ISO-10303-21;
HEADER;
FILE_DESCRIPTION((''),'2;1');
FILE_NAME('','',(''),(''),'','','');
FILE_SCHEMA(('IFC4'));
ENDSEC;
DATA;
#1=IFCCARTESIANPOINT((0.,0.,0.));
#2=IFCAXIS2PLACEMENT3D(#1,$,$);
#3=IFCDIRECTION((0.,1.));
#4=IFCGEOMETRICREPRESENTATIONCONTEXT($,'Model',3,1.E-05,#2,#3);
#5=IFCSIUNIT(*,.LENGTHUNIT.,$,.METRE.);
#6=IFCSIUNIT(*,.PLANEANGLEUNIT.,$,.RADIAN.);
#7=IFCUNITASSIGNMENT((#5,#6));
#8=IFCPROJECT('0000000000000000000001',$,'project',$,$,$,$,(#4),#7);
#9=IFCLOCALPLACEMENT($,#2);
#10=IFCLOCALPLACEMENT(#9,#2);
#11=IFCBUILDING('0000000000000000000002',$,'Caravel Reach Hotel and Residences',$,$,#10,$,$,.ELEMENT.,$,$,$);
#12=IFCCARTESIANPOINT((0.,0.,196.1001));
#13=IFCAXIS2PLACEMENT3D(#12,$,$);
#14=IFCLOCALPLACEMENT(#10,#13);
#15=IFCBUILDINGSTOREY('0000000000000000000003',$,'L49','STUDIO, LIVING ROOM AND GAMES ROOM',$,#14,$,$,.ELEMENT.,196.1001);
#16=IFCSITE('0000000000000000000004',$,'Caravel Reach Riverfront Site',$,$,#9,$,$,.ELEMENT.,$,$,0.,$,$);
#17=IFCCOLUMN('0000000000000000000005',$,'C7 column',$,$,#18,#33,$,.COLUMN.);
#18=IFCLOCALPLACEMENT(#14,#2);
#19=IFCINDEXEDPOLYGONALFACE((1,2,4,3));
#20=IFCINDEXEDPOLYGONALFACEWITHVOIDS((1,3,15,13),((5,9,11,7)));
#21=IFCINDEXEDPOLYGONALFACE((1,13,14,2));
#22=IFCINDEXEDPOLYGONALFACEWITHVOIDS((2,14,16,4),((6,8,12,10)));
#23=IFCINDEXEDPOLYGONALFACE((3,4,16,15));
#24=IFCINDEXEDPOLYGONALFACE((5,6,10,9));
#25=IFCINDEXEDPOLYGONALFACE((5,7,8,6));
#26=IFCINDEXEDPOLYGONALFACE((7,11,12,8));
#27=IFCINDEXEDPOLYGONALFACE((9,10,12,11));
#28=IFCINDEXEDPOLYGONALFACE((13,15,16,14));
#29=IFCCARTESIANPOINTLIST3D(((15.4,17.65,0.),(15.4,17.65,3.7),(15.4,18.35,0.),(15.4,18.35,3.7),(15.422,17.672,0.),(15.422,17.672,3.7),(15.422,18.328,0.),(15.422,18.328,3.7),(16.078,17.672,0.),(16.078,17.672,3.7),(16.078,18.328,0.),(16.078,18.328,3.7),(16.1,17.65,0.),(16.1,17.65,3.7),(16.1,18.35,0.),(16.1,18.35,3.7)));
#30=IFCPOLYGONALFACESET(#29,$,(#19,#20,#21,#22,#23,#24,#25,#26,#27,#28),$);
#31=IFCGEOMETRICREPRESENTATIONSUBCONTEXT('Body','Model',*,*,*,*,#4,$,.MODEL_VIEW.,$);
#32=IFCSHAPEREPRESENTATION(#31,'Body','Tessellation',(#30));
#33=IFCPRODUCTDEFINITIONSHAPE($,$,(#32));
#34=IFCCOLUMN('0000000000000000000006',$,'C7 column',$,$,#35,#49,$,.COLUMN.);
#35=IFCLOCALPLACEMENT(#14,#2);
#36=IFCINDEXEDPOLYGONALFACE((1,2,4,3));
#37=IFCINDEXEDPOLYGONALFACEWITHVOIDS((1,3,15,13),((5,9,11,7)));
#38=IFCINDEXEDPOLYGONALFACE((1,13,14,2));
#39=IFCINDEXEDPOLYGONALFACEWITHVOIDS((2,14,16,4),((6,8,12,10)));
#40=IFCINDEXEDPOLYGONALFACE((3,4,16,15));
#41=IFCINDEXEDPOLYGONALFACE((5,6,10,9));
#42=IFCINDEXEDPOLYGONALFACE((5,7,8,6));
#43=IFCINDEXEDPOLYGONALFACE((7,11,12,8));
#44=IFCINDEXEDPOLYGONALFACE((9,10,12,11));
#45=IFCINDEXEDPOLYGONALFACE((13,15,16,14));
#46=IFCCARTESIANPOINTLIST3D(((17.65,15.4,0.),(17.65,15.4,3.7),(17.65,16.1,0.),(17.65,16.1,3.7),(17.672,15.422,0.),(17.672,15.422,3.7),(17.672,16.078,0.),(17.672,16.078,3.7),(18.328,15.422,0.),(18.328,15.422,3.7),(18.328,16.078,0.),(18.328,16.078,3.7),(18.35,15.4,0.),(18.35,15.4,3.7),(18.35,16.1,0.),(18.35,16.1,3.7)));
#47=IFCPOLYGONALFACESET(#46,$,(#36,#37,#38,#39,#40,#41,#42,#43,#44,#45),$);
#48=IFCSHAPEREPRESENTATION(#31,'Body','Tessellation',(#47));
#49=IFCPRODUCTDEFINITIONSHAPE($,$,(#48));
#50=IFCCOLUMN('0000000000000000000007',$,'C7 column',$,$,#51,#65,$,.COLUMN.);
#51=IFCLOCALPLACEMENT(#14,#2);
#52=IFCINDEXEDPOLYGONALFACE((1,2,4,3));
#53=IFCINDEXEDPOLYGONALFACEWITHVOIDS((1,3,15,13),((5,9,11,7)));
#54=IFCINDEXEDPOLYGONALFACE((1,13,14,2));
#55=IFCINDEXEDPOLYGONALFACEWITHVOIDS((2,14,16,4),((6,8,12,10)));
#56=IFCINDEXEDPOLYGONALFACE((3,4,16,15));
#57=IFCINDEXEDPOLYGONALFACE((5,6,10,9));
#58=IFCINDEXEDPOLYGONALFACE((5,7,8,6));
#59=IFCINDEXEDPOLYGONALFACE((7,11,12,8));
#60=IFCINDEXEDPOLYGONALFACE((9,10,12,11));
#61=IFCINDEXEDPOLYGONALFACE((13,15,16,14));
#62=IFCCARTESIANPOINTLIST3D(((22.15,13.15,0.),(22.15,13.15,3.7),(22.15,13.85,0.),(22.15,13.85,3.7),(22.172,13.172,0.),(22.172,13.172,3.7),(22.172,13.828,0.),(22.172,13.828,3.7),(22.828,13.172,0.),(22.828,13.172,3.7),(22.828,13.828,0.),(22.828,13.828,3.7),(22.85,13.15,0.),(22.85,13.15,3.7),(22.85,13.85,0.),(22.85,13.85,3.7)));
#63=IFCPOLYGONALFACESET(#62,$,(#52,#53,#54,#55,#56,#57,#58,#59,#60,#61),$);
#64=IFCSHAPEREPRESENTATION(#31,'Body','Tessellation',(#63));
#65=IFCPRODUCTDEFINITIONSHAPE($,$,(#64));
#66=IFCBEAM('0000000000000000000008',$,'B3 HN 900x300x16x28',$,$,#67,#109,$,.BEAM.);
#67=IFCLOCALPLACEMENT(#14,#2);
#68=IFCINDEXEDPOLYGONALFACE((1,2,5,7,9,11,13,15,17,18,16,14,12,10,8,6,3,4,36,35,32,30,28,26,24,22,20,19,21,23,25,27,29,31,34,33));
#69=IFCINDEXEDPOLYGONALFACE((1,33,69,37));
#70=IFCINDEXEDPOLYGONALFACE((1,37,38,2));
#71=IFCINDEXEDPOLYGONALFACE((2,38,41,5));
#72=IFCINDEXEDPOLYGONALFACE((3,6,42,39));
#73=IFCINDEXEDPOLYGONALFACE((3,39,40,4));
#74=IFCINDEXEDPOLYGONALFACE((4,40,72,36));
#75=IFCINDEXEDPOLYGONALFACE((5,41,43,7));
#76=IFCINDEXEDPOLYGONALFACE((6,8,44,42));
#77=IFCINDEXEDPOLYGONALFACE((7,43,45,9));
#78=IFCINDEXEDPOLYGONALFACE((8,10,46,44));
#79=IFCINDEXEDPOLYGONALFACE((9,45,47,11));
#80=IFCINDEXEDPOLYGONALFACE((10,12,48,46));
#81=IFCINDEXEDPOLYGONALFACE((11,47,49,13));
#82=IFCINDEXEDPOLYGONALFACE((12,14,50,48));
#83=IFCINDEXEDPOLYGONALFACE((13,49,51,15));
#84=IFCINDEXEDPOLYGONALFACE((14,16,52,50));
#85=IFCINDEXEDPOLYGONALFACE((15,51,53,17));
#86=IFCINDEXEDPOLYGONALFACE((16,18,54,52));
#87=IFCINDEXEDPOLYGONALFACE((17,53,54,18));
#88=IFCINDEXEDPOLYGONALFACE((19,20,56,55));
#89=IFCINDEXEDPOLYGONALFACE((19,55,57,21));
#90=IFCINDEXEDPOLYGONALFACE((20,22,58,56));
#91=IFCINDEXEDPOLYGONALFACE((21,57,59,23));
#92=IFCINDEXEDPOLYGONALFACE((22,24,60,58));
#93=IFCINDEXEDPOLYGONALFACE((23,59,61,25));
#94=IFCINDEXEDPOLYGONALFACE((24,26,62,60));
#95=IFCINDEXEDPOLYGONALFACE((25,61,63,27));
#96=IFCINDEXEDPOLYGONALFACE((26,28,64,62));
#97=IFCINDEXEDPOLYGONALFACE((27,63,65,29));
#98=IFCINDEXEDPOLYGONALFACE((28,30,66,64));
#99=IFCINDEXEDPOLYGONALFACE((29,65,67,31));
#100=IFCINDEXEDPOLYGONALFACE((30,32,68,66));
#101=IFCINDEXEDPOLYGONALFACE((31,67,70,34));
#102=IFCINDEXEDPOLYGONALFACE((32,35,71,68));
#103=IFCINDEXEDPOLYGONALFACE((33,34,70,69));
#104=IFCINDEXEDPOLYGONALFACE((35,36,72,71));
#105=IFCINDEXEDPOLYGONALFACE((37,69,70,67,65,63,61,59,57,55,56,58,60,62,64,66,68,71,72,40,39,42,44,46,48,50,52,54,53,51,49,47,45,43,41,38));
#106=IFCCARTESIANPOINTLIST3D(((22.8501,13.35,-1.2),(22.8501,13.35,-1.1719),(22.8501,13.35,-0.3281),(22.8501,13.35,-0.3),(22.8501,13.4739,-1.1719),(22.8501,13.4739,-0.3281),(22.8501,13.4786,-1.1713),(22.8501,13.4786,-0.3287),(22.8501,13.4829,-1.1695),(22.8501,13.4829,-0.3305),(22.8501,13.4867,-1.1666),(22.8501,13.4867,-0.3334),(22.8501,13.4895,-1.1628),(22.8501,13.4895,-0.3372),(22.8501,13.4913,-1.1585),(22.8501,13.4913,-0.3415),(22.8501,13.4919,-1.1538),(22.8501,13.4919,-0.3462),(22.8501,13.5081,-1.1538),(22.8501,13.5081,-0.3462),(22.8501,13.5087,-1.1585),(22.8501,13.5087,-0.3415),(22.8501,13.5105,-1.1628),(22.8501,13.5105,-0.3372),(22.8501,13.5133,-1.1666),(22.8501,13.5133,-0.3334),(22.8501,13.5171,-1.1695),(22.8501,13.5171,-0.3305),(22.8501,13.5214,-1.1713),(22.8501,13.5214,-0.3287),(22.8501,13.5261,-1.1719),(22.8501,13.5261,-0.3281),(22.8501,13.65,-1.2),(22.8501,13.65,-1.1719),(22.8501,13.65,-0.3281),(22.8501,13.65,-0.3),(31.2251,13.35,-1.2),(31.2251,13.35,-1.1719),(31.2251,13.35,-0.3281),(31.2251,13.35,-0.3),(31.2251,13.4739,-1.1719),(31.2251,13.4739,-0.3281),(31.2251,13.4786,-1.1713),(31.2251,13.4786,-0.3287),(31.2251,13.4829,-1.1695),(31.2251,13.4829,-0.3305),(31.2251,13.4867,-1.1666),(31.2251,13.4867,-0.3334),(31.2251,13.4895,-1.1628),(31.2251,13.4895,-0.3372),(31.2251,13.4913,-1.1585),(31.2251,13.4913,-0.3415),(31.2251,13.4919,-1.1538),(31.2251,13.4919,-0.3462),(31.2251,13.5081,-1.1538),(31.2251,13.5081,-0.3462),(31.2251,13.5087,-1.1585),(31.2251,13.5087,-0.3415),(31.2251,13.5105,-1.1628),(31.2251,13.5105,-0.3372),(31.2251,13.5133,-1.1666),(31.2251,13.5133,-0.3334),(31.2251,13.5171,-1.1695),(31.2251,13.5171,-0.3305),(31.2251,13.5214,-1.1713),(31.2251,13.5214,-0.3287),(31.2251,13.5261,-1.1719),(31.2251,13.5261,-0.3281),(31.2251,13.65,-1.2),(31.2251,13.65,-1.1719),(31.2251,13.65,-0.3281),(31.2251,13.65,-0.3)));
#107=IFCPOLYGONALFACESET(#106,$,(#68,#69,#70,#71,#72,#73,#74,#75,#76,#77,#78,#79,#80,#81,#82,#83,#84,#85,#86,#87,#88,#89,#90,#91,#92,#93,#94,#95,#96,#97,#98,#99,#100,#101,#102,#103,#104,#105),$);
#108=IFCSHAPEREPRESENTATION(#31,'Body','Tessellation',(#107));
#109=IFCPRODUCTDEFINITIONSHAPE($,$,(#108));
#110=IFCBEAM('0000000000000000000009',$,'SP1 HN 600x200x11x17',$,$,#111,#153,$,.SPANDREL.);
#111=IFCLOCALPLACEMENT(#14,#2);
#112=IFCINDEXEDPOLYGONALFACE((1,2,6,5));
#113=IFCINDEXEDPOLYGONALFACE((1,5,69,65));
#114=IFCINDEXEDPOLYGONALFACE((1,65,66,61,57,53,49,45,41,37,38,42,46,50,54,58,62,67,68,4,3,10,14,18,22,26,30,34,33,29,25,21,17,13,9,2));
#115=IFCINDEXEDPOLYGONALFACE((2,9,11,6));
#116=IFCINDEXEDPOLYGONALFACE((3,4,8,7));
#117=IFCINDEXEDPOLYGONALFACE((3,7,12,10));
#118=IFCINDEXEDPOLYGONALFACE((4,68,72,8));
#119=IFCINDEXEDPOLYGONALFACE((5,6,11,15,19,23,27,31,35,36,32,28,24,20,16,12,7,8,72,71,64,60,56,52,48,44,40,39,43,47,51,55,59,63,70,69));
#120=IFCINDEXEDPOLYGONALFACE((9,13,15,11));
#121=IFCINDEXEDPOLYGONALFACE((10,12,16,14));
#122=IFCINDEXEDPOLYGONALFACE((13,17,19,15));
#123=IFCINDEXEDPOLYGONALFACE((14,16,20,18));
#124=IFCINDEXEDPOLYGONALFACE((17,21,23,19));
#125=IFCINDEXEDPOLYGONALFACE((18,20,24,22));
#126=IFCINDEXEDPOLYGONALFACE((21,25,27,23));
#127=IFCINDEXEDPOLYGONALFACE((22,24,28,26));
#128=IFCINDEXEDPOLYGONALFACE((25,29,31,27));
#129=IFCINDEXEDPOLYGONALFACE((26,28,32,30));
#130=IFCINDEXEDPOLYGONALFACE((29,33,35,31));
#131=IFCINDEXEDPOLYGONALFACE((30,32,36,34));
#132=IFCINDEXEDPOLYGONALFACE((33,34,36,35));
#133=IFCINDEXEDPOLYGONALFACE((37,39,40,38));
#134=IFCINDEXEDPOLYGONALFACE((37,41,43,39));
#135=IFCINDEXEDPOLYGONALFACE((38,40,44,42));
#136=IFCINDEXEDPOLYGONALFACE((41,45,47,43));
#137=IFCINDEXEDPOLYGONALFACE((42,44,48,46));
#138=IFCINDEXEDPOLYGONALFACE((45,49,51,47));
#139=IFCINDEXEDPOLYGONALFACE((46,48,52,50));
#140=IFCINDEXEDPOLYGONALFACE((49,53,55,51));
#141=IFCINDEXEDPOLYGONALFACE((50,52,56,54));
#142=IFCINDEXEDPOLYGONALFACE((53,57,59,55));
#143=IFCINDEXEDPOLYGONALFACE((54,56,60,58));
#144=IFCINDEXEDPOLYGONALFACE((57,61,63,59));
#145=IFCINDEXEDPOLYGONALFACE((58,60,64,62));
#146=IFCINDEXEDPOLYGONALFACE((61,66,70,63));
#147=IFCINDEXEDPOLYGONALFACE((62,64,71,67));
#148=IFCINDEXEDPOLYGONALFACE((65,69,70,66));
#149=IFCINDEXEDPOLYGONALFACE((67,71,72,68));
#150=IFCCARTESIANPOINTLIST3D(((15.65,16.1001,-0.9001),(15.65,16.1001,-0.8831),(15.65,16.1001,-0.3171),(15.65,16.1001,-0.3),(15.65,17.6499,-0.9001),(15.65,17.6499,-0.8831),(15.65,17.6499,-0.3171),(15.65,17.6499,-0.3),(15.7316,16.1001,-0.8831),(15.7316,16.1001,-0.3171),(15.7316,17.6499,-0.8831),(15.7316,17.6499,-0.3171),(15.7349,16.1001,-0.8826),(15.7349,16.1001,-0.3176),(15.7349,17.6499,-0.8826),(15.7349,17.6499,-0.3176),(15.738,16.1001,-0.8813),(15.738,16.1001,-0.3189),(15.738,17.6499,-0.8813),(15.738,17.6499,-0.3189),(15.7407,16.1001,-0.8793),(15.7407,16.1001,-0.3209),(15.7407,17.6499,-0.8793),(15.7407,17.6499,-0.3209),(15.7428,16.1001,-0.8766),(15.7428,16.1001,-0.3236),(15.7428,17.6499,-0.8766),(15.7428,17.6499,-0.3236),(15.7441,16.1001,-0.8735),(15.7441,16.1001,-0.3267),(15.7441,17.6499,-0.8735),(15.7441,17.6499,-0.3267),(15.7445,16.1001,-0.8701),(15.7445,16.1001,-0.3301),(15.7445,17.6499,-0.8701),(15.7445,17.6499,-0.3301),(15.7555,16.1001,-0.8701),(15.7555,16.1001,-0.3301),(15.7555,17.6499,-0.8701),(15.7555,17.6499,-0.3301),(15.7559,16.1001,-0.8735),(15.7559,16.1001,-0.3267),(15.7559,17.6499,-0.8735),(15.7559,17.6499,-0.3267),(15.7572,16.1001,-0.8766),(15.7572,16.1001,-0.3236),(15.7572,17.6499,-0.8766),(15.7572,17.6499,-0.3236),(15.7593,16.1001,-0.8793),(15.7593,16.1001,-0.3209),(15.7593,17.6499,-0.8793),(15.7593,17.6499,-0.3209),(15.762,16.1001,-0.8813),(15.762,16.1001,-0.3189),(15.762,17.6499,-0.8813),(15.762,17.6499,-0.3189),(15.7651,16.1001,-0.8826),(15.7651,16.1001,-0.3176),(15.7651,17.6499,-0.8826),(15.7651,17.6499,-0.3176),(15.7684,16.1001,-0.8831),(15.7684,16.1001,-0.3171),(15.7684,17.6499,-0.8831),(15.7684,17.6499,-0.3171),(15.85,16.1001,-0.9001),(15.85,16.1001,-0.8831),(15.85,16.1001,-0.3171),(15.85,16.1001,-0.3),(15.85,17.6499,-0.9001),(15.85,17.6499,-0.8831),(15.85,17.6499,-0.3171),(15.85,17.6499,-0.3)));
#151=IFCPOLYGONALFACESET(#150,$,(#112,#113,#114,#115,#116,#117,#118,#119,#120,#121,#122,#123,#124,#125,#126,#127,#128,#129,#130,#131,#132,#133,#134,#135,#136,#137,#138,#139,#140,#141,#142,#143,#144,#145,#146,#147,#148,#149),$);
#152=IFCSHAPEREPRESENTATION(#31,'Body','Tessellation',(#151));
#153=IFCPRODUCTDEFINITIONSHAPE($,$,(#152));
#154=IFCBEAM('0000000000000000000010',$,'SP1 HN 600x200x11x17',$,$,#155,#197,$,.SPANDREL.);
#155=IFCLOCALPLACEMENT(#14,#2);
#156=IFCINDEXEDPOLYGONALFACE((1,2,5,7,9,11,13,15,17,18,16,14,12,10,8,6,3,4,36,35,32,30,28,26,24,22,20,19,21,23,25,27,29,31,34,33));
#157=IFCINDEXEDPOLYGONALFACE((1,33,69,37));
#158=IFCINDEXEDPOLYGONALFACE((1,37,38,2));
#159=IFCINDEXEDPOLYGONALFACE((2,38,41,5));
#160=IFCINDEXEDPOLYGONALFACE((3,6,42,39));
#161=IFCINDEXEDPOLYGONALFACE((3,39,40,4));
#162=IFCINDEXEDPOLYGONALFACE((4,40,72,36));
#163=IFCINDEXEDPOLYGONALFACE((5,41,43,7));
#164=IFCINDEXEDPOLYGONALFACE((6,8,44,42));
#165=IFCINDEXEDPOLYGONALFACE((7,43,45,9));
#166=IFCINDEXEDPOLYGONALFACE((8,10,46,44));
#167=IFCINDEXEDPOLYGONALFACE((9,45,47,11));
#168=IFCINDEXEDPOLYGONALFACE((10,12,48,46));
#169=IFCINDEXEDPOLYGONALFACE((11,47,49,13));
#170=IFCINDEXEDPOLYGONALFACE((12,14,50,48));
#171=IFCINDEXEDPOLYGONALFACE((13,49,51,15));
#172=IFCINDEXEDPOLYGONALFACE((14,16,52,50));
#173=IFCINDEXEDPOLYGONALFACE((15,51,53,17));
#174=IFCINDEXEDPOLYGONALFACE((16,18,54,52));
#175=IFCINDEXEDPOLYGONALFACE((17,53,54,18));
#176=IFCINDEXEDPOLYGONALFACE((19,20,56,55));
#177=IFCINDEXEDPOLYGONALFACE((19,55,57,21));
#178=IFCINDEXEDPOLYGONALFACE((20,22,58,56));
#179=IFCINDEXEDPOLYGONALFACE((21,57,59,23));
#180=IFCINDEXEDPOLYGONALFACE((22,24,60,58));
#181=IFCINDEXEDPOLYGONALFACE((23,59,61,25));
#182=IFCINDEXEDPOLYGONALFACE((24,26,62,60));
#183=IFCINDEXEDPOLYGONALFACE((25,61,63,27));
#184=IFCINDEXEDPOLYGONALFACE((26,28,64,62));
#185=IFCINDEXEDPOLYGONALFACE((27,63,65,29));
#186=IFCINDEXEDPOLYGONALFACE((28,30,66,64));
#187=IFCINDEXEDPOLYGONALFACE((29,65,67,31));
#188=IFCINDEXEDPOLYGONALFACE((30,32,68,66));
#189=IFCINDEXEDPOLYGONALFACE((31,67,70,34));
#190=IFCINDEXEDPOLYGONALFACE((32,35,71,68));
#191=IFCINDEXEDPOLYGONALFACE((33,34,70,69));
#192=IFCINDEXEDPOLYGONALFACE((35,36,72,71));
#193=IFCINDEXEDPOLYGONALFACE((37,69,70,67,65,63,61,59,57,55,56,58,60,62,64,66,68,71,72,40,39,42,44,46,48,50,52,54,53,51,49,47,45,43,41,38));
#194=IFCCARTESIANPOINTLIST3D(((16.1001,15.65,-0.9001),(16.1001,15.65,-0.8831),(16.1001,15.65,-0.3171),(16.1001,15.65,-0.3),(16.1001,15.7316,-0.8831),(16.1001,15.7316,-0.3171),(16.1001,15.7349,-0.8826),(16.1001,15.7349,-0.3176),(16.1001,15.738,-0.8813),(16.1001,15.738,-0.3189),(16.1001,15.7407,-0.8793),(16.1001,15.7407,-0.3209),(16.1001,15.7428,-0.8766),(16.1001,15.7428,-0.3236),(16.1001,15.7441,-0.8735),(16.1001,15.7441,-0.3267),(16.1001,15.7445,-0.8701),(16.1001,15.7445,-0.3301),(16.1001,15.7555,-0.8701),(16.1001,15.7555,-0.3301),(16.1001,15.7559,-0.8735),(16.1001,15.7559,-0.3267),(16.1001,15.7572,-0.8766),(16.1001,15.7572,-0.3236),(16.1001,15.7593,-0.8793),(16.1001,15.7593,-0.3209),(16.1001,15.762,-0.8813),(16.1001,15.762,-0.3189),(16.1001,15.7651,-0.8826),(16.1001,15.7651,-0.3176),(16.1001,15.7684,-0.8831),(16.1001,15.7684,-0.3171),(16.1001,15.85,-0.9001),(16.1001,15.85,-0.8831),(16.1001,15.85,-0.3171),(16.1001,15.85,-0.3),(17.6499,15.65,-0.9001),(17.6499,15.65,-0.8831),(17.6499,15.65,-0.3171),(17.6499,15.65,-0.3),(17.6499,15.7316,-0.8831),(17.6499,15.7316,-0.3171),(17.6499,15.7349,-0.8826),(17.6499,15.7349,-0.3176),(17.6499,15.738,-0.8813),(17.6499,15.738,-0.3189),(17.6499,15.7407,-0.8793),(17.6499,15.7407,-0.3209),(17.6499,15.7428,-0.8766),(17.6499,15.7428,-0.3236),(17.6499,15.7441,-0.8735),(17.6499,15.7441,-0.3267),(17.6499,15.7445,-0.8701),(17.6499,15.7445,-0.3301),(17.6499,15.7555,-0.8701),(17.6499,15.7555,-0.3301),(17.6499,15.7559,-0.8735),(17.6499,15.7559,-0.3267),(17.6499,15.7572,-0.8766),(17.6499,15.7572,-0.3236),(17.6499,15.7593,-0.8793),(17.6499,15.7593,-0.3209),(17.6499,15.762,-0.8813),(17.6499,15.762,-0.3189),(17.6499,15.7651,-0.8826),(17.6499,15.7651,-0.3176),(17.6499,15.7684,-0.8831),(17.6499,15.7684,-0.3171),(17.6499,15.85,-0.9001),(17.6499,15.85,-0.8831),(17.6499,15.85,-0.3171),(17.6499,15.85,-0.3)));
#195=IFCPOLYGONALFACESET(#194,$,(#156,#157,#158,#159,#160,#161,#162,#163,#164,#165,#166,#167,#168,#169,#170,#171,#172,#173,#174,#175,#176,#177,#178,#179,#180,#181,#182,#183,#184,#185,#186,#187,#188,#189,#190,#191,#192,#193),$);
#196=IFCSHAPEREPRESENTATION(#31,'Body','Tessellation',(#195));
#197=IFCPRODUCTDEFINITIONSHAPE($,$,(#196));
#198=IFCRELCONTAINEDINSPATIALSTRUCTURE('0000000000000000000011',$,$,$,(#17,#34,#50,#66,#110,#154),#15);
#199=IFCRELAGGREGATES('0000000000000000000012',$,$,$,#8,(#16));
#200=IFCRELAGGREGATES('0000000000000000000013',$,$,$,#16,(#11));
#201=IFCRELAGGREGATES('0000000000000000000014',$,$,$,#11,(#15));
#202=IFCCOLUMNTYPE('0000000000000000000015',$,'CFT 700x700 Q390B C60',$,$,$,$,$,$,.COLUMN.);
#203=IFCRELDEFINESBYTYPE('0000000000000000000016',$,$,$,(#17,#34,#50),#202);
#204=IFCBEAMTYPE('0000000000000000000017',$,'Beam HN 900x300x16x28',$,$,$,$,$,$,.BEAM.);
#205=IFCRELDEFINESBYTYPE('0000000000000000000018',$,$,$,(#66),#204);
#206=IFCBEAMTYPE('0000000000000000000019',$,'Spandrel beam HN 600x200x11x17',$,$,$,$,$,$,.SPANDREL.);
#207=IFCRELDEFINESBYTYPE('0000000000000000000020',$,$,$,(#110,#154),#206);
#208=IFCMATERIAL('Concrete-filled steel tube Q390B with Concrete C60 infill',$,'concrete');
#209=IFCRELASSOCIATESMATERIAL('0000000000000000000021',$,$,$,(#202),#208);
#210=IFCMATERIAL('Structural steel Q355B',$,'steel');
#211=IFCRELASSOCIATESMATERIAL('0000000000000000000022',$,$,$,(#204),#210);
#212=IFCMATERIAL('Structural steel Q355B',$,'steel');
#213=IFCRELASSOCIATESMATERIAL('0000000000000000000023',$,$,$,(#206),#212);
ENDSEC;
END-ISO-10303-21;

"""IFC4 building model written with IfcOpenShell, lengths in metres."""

from ifc_helpers import new_model, si_unit, direction, frame, origin, origin_2d, place, context, subcontext, project, spatial, hollow_rectangle, i_section, extrude, material, material_profile, profile_set, type_object, element, save


model = new_model("IFC4")

# Units and contexts
model_context = context("Model", 3, precision=1e-05, world=origin(), true_north=direction((0.0, 1.0)))
body_context = subcontext(model_context, "Body", "Model", "MODEL_VIEW")
ifc_project = project(units=[si_unit("LENGTHUNIT", "METRE"), si_unit("PLANEANGLEUNIT", "RADIAN")], contexts=[model_context])

# Site, building, storey
site_placement = place(None, origin())
site = spatial("IfcSite", under=ifc_project, at=site_placement, Name="Caravel Reach Riverfront Site", CompositionType="ELEMENT", RefElevation=0.0)
building_placement = place(site_placement, origin())
building = spatial("IfcBuilding", under=site, at=building_placement, Name="Caravel Reach Hotel and Residences", CompositionType="ELEMENT")
storey_placement = place(building_placement, frame((0.0, 0.0, 196.1001)))
storey = spatial("IfcBuildingStorey", under=building, at=storey_placement, Name="L49", Description="STUDIO, LIVING ROOM AND GAMES ROOM", CompositionType="ELEMENT", Elevation=196.1001)

# Columns
ifc_material_1 = material(Name="Concrete-filled steel tube Q390B with Concrete C60 infill", Category="concrete")
ifc_material_profile_1 = material_profile(ifc_material_1, hollow_rectangle(XDim=0.7, YDim=0.7, WallThickness=0.022, at=origin_2d()), Name="RHS 700x700x22")
ifc_profile_set_1 = profile_set([ifc_material_profile_1], Name="Concrete-filled steel tube Q390B with Concrete C60 infill")
column_type = type_object("IfcColumnType", Name="CFT 700x700 Q390B C60", PredefinedType="COLUMN", material=ifc_profile_set_1)
for number, where, z_axis, x_axis, name in (
    (1, (15.75, 18.0, 0.0), (0.0, 0.0, 1.0), (1.0, 0.0, 0.0), "C7 column"),
    (2, (18.0, 15.75, 0.0), (0.0, 0.0, 1.0), (1.0, 0.0, 0.0), "C7 column"),
    (3, (22.5, 13.5, 0.0), (0.0, 0.0, 1.0), (1.0, 0.0, 0.0), "C7 column"),
):
    element("IfcColumn", number, at=place(storey_placement, frame(where, z_axis=z_axis, x_axis=x_axis)), inside=storey, type_object=column_type, Name=name, PredefinedType="COLUMN", context=body_context, shape_type="SweptSolid", body=[
        extrude(hollow_rectangle(XDim=0.7, YDim=0.7, WallThickness=0.022, at=origin_2d()), origin(), (0.0, 0.0, 1.0), 3.7),
    ])

# Beams
ifc_material_2 = material(Name="Structural steel Q355B", Category="steel")
ifc_material_profile_2 = material_profile(ifc_material_2, i_section(OverallWidth=0.3, OverallDepth=0.8999, WebThickness=0.0161, FlangeThickness=0.0281, FilletRadius=0.0181, at=origin_2d()), Name="HN 900x300x16x28")
ifc_profile_set_2 = profile_set([ifc_material_profile_2], Name="Structural steel Q355B")
beam_type_1 = type_object("IfcBeamType", Name="Beam HN 900x300x16x28", PredefinedType="BEAM", material=ifc_profile_set_2)
beam_1_placement = place(storey_placement, frame((22.8501, 13.5, -0.75), z_axis=(1.0, 0.0, 0.0), x_axis=(0.0, 1.0, 0.0)))
element("IfcBeam", 4, at=beam_1_placement, inside=storey, type_object=beam_type_1, Name="B3 HN 900x300x16x28", PredefinedType="BEAM", context=body_context, shape_type="SweptSolid", body=[
    extrude(i_section(OverallWidth=0.3, OverallDepth=0.8999, WebThickness=0.0161, FlangeThickness=0.0281, FilletRadius=0.0181, at=origin_2d()), origin(), (0.0, 0.0, 1.0), 8.375),
])
ifc_material_3 = material(Name="Structural steel Q355B", Category="steel")
ifc_material_profile_3 = material_profile(ifc_material_3, i_section(OverallWidth=0.2, OverallDepth=0.6001, WebThickness=0.011, FlangeThickness=0.0171, FilletRadius=0.0129, at=origin_2d()), Name="HN 600x200x11x17")
ifc_profile_set_3 = profile_set([ifc_material_profile_3], Name="Structural steel Q355B")
beam_type_2 = type_object("IfcBeamType", Name="Spandrel beam HN 600x200x11x17", PredefinedType="SPANDREL", material=ifc_profile_set_3)
for number, where, z_axis, x_axis, name in (
    (5, (15.75, 17.6499, -0.6001), (0.0, -1.0, 0.0), (1.0, 0.0, 0.0), "SP1 HN 600x200x11x17"),
    (6, (16.1001, 15.75, -0.6001), (1.0, 0.0, 0.0), (0.0, 1.0, 0.0), "SP1 HN 600x200x11x17"),
):
    element("IfcBeam", number, at=place(storey_placement, frame(where, z_axis=z_axis, x_axis=x_axis)), inside=storey, type_object=beam_type_2, Name=name, PredefinedType="SPANDREL", context=body_context, shape_type="SweptSolid", body=[
        extrude(i_section(OverallWidth=0.2, OverallDepth=0.6001, WebThickness=0.011, FlangeThickness=0.0171, FilletRadius=0.0129, at=origin_2d()), origin(), (0.0, 0.0, 1.0), 1.5498),
    ])

save(model, "model.ifc")
